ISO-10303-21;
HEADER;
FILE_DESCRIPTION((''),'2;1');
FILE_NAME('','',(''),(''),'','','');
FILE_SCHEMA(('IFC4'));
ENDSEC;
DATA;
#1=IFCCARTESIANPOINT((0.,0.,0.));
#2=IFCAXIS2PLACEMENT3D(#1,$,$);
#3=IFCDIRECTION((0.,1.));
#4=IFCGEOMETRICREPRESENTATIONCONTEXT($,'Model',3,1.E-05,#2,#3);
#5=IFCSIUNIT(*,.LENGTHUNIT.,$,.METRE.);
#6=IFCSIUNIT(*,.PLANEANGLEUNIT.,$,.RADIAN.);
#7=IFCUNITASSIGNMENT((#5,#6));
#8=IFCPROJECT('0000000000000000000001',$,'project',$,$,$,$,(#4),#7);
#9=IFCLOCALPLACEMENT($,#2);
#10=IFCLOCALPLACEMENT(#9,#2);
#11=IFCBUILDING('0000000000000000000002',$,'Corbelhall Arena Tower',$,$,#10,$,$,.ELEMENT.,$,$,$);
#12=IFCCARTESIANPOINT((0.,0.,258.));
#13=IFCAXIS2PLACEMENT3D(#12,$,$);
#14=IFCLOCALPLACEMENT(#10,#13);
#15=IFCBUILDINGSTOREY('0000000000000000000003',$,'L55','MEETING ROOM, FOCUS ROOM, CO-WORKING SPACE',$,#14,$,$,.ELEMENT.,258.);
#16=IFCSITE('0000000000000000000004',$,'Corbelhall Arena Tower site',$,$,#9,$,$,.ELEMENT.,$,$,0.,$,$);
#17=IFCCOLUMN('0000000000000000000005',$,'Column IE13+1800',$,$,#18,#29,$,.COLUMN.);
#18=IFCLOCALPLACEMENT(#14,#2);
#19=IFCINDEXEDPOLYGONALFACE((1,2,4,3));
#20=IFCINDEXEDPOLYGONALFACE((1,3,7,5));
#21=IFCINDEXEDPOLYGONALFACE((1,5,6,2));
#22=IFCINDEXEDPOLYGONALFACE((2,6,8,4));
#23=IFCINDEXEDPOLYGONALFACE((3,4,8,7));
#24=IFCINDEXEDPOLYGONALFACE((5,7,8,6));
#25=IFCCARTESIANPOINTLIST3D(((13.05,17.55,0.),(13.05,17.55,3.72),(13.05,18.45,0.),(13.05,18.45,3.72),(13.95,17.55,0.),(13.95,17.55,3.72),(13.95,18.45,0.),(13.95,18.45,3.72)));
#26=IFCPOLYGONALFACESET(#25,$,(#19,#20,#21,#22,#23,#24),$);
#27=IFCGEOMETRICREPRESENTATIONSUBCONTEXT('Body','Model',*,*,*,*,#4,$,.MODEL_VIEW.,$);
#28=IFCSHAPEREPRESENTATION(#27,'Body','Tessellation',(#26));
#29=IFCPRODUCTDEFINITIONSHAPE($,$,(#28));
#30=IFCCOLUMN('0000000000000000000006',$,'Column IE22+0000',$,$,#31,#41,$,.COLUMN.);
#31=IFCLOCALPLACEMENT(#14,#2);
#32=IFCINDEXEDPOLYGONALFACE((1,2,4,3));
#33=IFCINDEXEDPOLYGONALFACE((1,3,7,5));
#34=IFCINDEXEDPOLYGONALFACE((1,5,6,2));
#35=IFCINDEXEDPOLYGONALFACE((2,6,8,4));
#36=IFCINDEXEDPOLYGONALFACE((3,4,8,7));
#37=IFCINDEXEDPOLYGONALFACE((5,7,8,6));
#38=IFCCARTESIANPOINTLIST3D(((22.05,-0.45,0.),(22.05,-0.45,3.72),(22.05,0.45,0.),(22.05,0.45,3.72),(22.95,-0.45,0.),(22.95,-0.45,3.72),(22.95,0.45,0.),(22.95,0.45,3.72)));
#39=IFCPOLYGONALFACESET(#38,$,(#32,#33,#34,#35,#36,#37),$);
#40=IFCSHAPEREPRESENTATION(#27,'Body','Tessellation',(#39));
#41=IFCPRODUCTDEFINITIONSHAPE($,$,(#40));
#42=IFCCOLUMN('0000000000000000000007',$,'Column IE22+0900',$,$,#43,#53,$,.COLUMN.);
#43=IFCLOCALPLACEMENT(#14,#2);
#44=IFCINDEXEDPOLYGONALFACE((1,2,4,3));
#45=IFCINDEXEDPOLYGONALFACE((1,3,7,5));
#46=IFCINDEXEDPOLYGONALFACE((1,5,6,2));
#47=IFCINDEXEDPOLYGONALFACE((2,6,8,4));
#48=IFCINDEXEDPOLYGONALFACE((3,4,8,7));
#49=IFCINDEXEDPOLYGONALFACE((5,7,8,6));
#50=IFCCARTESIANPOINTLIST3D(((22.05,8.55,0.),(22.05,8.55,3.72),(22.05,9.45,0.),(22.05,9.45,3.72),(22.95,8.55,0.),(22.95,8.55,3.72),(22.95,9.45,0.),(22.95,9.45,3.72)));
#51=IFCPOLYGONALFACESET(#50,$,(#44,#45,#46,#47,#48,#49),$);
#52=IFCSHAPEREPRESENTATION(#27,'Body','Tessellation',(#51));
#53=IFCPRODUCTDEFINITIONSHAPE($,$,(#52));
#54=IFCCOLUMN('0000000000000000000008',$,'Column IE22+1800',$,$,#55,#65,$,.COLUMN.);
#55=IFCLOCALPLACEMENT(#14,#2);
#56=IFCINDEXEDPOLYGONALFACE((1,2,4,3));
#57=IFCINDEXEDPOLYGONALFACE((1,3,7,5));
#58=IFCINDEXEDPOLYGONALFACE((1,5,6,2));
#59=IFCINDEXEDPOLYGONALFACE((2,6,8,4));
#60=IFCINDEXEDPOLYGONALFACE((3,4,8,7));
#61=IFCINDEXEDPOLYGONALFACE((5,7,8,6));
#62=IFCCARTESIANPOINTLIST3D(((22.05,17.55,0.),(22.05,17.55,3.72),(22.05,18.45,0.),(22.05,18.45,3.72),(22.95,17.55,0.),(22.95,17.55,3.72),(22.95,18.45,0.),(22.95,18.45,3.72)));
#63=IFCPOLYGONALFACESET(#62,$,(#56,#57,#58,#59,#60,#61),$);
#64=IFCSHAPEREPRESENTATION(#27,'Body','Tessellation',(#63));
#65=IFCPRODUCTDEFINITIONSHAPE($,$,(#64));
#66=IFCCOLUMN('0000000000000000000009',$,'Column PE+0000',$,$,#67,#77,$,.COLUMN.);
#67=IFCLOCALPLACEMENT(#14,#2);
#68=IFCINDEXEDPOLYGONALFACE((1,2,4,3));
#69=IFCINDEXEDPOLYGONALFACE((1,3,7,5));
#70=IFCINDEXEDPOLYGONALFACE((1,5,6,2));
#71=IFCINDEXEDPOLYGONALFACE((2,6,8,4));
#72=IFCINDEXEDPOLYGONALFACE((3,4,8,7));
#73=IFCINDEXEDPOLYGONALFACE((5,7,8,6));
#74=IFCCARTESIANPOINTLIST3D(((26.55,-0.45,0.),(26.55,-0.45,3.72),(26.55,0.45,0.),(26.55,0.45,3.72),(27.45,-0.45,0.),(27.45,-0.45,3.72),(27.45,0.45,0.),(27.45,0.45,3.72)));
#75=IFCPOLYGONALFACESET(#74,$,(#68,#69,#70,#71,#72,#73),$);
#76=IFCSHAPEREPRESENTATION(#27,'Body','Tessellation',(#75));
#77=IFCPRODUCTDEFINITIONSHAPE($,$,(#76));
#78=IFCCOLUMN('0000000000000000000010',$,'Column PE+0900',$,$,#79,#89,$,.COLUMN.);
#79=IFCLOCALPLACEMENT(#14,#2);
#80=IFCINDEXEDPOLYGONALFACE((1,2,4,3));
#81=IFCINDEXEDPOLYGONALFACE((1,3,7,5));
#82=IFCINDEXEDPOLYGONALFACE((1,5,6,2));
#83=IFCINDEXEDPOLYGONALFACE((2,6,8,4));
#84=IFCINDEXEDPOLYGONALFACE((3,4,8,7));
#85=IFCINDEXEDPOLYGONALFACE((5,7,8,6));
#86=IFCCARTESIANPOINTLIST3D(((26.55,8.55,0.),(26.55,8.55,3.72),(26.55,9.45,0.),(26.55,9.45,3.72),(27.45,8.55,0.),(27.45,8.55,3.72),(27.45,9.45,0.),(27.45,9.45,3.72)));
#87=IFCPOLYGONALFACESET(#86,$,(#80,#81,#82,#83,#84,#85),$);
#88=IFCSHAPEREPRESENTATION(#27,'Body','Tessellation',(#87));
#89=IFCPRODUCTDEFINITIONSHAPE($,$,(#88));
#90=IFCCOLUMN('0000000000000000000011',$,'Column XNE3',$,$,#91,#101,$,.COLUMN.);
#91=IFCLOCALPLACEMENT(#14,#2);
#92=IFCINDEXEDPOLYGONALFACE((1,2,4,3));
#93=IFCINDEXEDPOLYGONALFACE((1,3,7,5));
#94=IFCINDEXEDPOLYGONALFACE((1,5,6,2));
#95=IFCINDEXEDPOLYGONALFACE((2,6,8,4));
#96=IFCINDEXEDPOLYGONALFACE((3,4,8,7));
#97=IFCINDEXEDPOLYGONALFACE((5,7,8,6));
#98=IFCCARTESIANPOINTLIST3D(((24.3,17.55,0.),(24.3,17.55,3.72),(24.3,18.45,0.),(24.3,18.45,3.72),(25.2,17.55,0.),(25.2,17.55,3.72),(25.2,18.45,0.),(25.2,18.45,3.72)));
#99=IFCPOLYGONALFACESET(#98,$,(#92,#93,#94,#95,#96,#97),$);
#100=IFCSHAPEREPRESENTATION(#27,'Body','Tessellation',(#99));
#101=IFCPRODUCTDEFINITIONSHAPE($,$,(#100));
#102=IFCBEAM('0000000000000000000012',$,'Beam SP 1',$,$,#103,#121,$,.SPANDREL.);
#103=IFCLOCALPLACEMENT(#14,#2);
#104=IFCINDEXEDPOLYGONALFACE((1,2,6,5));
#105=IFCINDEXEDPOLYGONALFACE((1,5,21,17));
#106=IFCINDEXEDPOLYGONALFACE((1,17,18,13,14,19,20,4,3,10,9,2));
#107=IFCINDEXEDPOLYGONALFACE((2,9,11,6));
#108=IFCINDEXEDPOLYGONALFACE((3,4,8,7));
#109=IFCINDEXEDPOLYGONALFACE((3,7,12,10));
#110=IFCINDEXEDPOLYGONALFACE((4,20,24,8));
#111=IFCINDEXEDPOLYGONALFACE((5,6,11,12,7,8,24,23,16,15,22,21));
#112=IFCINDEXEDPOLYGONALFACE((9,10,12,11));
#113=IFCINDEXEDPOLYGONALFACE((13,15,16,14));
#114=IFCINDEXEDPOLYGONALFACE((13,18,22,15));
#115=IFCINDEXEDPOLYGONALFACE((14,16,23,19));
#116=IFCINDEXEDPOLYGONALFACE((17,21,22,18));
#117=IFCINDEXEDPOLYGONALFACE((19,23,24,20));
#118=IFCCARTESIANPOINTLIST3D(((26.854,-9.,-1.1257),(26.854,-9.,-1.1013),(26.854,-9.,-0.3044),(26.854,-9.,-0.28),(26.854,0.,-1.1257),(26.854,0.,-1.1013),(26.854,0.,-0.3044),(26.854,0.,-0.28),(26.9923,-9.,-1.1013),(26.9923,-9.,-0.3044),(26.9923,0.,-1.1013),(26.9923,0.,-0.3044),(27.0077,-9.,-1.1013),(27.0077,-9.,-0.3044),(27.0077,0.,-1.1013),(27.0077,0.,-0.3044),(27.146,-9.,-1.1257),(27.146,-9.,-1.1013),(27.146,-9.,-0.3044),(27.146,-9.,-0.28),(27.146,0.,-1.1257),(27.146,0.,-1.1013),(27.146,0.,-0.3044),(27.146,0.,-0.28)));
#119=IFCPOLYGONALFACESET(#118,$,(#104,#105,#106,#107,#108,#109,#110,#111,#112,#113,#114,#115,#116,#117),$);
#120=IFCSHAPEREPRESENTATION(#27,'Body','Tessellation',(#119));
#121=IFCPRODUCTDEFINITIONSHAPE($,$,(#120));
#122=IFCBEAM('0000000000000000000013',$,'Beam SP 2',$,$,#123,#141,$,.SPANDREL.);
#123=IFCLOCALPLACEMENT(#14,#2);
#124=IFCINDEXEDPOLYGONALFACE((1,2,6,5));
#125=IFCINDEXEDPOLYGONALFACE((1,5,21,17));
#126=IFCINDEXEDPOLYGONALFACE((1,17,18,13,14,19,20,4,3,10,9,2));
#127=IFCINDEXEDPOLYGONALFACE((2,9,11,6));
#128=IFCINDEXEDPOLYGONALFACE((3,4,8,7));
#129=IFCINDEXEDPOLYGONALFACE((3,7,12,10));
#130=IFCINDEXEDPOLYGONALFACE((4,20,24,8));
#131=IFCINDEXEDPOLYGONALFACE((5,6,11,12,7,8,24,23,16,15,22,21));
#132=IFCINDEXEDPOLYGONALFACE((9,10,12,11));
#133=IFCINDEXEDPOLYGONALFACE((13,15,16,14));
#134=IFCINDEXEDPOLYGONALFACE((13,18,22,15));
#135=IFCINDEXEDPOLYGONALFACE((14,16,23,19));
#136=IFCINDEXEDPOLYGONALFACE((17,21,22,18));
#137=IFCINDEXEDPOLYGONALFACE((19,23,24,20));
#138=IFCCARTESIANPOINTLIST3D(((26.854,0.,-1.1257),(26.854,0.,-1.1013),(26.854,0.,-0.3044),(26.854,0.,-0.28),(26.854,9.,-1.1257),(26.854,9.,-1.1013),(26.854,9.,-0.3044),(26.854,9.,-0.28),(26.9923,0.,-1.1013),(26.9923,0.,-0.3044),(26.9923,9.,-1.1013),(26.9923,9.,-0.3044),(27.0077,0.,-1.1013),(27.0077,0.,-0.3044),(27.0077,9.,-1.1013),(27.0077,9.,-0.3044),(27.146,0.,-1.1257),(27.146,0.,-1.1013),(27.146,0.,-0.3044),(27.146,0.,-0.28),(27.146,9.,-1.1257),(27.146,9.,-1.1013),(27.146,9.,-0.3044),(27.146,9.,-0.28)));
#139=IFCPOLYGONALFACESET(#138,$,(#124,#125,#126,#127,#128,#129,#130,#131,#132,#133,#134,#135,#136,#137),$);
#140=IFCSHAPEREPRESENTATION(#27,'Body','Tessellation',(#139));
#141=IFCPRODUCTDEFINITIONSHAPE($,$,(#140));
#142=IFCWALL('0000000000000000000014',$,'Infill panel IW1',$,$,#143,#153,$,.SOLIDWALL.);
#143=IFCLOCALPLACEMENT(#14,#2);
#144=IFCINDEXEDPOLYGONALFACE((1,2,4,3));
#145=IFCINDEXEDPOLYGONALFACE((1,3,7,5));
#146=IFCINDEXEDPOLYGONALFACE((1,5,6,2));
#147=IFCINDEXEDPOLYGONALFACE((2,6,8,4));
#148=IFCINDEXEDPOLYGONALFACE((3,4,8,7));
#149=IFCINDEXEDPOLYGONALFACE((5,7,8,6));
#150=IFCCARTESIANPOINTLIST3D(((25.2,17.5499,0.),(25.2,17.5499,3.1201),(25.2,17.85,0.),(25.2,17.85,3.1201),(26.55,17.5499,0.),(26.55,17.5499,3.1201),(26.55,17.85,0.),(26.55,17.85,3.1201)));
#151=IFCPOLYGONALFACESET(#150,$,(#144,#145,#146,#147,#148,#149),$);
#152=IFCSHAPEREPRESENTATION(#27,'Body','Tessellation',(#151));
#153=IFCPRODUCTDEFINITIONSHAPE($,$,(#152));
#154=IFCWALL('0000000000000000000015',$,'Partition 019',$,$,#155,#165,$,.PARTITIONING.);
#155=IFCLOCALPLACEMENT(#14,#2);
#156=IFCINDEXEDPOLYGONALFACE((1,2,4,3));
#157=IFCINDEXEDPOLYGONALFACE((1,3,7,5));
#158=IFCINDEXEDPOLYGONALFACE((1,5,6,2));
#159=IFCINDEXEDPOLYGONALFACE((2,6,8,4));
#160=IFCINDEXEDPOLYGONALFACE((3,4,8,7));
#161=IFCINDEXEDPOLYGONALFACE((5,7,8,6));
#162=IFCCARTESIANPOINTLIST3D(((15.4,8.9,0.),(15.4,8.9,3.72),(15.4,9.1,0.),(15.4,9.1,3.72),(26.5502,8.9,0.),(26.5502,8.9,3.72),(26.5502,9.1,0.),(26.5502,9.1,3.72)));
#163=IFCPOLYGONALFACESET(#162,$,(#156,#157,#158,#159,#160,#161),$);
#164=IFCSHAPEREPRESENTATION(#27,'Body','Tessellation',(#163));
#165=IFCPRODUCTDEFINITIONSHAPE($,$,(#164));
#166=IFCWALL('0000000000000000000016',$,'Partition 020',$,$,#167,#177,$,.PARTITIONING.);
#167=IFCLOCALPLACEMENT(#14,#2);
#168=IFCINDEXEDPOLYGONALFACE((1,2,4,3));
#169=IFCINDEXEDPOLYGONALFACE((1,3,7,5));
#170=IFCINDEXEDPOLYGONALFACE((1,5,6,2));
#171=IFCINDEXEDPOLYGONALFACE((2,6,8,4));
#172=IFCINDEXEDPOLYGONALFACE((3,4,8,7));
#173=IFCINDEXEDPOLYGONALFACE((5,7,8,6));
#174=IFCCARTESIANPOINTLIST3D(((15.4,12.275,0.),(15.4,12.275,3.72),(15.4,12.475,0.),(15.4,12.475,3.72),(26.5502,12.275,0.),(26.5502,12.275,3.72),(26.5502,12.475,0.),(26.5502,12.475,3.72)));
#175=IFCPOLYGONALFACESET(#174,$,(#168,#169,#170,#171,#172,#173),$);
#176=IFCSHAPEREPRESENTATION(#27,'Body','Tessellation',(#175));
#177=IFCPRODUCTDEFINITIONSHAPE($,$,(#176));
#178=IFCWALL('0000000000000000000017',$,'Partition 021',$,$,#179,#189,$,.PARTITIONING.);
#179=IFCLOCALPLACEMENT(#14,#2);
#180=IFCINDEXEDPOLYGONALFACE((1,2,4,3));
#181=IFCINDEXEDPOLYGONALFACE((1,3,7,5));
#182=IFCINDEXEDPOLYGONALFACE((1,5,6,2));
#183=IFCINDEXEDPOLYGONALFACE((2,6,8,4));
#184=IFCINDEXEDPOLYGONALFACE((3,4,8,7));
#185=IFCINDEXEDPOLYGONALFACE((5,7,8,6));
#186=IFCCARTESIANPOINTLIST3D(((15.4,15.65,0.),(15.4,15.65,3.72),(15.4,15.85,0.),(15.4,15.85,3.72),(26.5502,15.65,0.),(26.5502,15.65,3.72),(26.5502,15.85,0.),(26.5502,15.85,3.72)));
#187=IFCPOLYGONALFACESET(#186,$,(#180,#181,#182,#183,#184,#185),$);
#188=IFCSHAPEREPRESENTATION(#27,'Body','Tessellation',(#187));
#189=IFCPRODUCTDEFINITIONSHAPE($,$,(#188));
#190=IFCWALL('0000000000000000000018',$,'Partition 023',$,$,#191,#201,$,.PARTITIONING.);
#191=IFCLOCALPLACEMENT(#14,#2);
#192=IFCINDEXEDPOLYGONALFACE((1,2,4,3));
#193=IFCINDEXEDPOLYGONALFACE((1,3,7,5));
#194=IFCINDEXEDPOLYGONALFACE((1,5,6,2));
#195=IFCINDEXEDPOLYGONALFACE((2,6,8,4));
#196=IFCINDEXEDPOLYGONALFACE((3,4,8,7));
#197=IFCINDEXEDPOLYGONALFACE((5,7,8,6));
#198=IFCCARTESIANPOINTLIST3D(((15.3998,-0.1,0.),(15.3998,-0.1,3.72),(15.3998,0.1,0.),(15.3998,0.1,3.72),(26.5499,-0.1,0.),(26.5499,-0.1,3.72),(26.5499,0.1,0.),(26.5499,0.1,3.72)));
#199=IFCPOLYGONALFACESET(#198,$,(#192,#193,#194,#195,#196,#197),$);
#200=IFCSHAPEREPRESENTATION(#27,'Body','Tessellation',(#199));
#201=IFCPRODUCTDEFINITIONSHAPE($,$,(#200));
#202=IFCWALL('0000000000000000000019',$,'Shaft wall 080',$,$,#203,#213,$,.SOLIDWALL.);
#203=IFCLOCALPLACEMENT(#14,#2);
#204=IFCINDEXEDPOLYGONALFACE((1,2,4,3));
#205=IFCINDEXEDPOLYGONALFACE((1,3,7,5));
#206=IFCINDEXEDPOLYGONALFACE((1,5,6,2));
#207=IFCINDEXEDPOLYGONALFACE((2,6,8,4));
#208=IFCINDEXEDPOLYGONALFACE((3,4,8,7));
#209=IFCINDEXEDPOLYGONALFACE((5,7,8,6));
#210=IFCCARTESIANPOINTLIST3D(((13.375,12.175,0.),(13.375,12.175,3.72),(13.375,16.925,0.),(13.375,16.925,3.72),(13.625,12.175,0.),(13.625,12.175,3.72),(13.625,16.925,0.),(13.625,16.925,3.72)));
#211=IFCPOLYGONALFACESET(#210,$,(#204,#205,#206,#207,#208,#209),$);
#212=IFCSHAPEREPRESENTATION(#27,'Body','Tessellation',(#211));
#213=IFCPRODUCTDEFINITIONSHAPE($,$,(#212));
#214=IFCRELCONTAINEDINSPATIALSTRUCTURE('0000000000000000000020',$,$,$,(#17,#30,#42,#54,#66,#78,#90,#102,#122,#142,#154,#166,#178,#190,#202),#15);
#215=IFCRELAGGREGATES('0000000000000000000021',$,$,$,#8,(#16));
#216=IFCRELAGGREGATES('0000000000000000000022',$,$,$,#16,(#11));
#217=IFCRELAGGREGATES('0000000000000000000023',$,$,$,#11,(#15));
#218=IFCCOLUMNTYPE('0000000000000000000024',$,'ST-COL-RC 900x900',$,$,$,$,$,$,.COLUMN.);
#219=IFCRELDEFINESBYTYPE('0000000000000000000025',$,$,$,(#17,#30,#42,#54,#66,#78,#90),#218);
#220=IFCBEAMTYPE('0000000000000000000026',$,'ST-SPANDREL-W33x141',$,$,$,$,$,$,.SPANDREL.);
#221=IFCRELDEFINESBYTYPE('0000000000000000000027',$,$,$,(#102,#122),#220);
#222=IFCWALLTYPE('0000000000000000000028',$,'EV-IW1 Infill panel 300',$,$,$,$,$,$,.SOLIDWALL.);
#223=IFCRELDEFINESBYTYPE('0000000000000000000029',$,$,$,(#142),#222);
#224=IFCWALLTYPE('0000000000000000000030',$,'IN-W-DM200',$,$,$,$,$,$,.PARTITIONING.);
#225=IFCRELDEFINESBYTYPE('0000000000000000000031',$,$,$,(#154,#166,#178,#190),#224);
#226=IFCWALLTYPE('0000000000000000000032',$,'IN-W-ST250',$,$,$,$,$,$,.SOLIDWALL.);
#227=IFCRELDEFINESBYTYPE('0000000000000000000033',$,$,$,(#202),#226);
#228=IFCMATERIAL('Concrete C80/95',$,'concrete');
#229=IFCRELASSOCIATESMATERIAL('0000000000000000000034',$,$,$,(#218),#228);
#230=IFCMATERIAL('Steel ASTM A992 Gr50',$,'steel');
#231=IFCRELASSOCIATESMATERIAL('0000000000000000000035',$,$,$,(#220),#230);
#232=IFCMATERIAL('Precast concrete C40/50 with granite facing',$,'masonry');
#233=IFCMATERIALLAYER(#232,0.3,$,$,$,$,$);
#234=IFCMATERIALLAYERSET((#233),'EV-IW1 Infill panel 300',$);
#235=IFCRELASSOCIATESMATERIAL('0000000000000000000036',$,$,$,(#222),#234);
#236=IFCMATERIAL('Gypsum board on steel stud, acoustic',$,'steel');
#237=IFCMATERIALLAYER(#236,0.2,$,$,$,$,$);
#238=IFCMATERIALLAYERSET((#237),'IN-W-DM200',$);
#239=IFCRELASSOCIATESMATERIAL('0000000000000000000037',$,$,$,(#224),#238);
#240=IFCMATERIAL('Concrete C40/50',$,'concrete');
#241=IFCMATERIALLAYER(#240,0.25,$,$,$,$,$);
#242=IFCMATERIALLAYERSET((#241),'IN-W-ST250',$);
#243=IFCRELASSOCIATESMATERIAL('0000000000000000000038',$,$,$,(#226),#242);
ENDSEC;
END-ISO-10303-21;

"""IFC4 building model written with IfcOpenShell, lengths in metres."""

from ifc_helpers import new_model, si_unit, direction, frame, frame_2d, origin, origin_2d, place, context, subcontext, project, spatial, rectangle, i_section, extrude, material, layer, layer_set, material_profile, profile_set, type_object, element, save


model = new_model("IFC4")

# Units and contexts
model_context = context("Model", 3, precision=1e-05, world=origin(), true_north=direction((0.0, 1.0)))
body_context = subcontext(model_context, "Body", "Model", "MODEL_VIEW")
ifc_project = project(units=[si_unit("LENGTHUNIT", "METRE"), si_unit("PLANEANGLEUNIT", "RADIAN")], contexts=[model_context])

# Site, building, storey
site_placement = place(None, origin())
site = spatial("IfcSite", under=ifc_project, at=site_placement, Name="Corbelhall Arena Tower site", CompositionType="ELEMENT", RefElevation=0.0)
building_placement = place(site_placement, origin())
building = spatial("IfcBuilding", under=site, at=building_placement, Name="Corbelhall Arena Tower", CompositionType="ELEMENT")
storey_placement = place(building_placement, frame((0.0, 0.0, 258.0)))
storey = spatial("IfcBuildingStorey", under=building, at=storey_placement, Name="L55", Description="MEETING ROOM, FOCUS ROOM, CO-WORKING SPACE", CompositionType="ELEMENT", Elevation=258.0)

# Columns
ifc_material_1 = material(Name="Concrete C80/95", Category="concrete")
ifc_material_profile_1 = material_profile(ifc_material_1, rectangle(XDim=0.8999, YDim=0.8999, at=origin_2d()))
ifc_profile_set_1 = profile_set([ifc_material_profile_1], Name="Concrete C80/95")
column_type = type_object("IfcColumnType", Name="ST-COL-RC 900x900", PredefinedType="COLUMN", material=ifc_profile_set_1)
for number, where, z_axis, x_axis, name in (
    (1, (13.5, 18.0, 0.0), (0.0, 0.0, 1.0), (1.0, 0.0, 0.0), "Column IE13+1800"),
    (2, (22.5, 0.0, 0.0), (0.0, 0.0, 1.0), (1.0, 0.0, 0.0), "Column IE22+0000"),
    (3, (22.5, 9.0, 0.0), (0.0, 0.0, 1.0), (1.0, 0.0, 0.0), "Column IE22+0900"),
    (4, (22.5, 18.0, 0.0), (0.0, 0.0, 1.0), (1.0, 0.0, 0.0), "Column IE22+1800"),
    (5, (27.0, 0.0, 0.0), (0.0, 0.0, 1.0), (0.0, 1.0, 0.0), "Column PE+0000"),
    (6, (27.0, 9.0, 0.0), (0.0, 0.0, 1.0), (0.0, 1.0, 0.0), "Column PE+0900"),
    (7, (24.75, 18.0, 0.0), (0.0, 0.0, 1.0), (1.0, 0.0, 0.0), "Column XNE3"),
):
    element("IfcColumn", number, at=place(storey_placement, frame(where, z_axis=z_axis, x_axis=x_axis)), inside=storey, type_object=column_type, Name=name, PredefinedType="COLUMN", context=body_context, shape_type="SweptSolid", body=[
        extrude(rectangle(XDim=0.8999, YDim=0.8999, at=origin_2d()), origin(), (0.0, 0.0, 1.0), 3.72),
    ])

# Beams
ifc_material_2 = material(Name="Steel ASTM A992 Gr50", Category="steel")
ifc_material_profile_2 = material_profile(ifc_material_2, i_section(OverallWidth=0.292, OverallDepth=0.8457, WebThickness=0.0154, FlangeThickness=0.0244, at=origin_2d()))
ifc_profile_set_2 = profile_set([ifc_material_profile_2], Name="Steel ASTM A992 Gr50")
beam_type = type_object("IfcBeamType", Name="ST-SPANDREL-W33x141", PredefinedType="SPANDREL", material=ifc_profile_set_2)
for number, where, z_axis, x_axis, name in (
    (8, (27.0, 0.0, -0.7029), (0.0, -1.0, 0.0), (1.0, 0.0, 0.0), "Beam SP 1"),
    (9, (27.0, 9.0, -0.7029), (0.0, -1.0, 0.0), (1.0, 0.0, 0.0), "Beam SP 2"),
):
    element("IfcBeam", number, at=place(storey_placement, frame(where, z_axis=z_axis, x_axis=x_axis)), inside=storey, type_object=beam_type, Name=name, PredefinedType="SPANDREL", context=body_context, shape_type="SweptSolid", body=[
        extrude(i_section(OverallWidth=0.292, OverallDepth=0.8457, WebThickness=0.0154, FlangeThickness=0.0244, at=origin_2d()), origin(), (0.0, 0.0, 1.0), 9.0),
    ])

# Shared definitions
ifc_material_3 = material(Name="Precast concrete C40/50 with granite facing", Category="masonry")
ifc_layer_1 = layer(ifc_material_3, 0.3)
ifc_layer_set_1 = layer_set([ifc_layer_1], Name="EV-IW1 Infill panel 300")
wall_type_1 = type_object("IfcWallType", Name="EV-IW1 Infill panel 300", PredefinedType="SOLIDWALL", material=ifc_layer_set_1)

# Wall
wall_1_placement = place(storey_placement, frame((26.55, 17.7, 0.0), z_axis=(0.0, 0.0, 1.0), x_axis=(-1.0, 0.0, 0.0)))
element("IfcWall", 10, at=wall_1_placement, inside=storey, type_object=wall_type_1, Name="Infill panel IW1", PredefinedType="SOLIDWALL", context=body_context, shape_type="SweptSolid", body=[
    extrude(rectangle(XDim=1.3501, YDim=0.3, at=frame_2d((0.675, 0.0))), origin(), (0.0, 0.0, 1.0), 3.1201),
])

# Shared definitions
ifc_material_4 = material(Name="Gypsum board on steel stud, acoustic", Category="steel")
ifc_layer_2 = layer(ifc_material_4, 0.2)
ifc_layer_set_2 = layer_set([ifc_layer_2], Name="IN-W-DM200")
wall_type_2 = type_object("IfcWallType", Name="IN-W-DM200", PredefinedType="PARTITIONING", material=ifc_layer_set_2)

# Walls
for number, where, z_axis, x_axis, name in (
    (11, (15.3999, 9.0, 0.0), (0.0, 0.0, 1.0), (1.0, 0.0, 0.0), "Partition 019"),
    (12, (15.3999, 12.375, 0.0), (0.0, 0.0, 1.0), (1.0, 0.0, 0.0), "Partition 020"),
    (13, (15.3999, 15.75, 0.0), (0.0, 0.0, 1.0), (1.0, 0.0, 0.0), "Partition 021"),
    (14, (26.55, 0.0, 0.0), (0.0, 0.0, 1.0), (-1.0, 0.0, 0.0), "Partition 023"),
):
    element("IfcWall", number, at=place(storey_placement, frame(where, z_axis=z_axis, x_axis=x_axis)), inside=storey, type_object=wall_type_2, Name=name, PredefinedType="PARTITIONING", context=body_context, shape_type="SweptSolid", body=[
        extrude(rectangle(XDim=11.1501, YDim=0.2, at=frame_2d((5.5752, 0.0))), origin(), (0.0, 0.0, 1.0), 3.72),
    ])

# Wall
ifc_material_5 = material(Name="Concrete C40/50", Category="concrete")
ifc_layer_3 = layer(ifc_material_5, 0.25)
ifc_layer_set_3 = layer_set([ifc_layer_3], Name="IN-W-ST250")
wall_type_3 = type_object("IfcWallType", Name="IN-W-ST250", PredefinedType="SOLIDWALL", material=ifc_layer_set_3)
wall_2_placement = place(storey_placement, frame((13.5, 12.175, 0.0), z_axis=(0.0, 0.0, 1.0), x_axis=(0.0, 1.0, 0.0)))
element("IfcWall", 15, at=wall_2_placement, inside=storey, type_object=wall_type_3, Name="Shaft wall 080", PredefinedType="SOLIDWALL", context=body_context, shape_type="SweptSolid", body=[
    extrude(rectangle(XDim=4.75, YDim=0.25, at=frame_2d((2.375, 0.0))), origin(), (0.0, 0.0, 1.0), 3.72),
])

save(model, "model.ifc")
